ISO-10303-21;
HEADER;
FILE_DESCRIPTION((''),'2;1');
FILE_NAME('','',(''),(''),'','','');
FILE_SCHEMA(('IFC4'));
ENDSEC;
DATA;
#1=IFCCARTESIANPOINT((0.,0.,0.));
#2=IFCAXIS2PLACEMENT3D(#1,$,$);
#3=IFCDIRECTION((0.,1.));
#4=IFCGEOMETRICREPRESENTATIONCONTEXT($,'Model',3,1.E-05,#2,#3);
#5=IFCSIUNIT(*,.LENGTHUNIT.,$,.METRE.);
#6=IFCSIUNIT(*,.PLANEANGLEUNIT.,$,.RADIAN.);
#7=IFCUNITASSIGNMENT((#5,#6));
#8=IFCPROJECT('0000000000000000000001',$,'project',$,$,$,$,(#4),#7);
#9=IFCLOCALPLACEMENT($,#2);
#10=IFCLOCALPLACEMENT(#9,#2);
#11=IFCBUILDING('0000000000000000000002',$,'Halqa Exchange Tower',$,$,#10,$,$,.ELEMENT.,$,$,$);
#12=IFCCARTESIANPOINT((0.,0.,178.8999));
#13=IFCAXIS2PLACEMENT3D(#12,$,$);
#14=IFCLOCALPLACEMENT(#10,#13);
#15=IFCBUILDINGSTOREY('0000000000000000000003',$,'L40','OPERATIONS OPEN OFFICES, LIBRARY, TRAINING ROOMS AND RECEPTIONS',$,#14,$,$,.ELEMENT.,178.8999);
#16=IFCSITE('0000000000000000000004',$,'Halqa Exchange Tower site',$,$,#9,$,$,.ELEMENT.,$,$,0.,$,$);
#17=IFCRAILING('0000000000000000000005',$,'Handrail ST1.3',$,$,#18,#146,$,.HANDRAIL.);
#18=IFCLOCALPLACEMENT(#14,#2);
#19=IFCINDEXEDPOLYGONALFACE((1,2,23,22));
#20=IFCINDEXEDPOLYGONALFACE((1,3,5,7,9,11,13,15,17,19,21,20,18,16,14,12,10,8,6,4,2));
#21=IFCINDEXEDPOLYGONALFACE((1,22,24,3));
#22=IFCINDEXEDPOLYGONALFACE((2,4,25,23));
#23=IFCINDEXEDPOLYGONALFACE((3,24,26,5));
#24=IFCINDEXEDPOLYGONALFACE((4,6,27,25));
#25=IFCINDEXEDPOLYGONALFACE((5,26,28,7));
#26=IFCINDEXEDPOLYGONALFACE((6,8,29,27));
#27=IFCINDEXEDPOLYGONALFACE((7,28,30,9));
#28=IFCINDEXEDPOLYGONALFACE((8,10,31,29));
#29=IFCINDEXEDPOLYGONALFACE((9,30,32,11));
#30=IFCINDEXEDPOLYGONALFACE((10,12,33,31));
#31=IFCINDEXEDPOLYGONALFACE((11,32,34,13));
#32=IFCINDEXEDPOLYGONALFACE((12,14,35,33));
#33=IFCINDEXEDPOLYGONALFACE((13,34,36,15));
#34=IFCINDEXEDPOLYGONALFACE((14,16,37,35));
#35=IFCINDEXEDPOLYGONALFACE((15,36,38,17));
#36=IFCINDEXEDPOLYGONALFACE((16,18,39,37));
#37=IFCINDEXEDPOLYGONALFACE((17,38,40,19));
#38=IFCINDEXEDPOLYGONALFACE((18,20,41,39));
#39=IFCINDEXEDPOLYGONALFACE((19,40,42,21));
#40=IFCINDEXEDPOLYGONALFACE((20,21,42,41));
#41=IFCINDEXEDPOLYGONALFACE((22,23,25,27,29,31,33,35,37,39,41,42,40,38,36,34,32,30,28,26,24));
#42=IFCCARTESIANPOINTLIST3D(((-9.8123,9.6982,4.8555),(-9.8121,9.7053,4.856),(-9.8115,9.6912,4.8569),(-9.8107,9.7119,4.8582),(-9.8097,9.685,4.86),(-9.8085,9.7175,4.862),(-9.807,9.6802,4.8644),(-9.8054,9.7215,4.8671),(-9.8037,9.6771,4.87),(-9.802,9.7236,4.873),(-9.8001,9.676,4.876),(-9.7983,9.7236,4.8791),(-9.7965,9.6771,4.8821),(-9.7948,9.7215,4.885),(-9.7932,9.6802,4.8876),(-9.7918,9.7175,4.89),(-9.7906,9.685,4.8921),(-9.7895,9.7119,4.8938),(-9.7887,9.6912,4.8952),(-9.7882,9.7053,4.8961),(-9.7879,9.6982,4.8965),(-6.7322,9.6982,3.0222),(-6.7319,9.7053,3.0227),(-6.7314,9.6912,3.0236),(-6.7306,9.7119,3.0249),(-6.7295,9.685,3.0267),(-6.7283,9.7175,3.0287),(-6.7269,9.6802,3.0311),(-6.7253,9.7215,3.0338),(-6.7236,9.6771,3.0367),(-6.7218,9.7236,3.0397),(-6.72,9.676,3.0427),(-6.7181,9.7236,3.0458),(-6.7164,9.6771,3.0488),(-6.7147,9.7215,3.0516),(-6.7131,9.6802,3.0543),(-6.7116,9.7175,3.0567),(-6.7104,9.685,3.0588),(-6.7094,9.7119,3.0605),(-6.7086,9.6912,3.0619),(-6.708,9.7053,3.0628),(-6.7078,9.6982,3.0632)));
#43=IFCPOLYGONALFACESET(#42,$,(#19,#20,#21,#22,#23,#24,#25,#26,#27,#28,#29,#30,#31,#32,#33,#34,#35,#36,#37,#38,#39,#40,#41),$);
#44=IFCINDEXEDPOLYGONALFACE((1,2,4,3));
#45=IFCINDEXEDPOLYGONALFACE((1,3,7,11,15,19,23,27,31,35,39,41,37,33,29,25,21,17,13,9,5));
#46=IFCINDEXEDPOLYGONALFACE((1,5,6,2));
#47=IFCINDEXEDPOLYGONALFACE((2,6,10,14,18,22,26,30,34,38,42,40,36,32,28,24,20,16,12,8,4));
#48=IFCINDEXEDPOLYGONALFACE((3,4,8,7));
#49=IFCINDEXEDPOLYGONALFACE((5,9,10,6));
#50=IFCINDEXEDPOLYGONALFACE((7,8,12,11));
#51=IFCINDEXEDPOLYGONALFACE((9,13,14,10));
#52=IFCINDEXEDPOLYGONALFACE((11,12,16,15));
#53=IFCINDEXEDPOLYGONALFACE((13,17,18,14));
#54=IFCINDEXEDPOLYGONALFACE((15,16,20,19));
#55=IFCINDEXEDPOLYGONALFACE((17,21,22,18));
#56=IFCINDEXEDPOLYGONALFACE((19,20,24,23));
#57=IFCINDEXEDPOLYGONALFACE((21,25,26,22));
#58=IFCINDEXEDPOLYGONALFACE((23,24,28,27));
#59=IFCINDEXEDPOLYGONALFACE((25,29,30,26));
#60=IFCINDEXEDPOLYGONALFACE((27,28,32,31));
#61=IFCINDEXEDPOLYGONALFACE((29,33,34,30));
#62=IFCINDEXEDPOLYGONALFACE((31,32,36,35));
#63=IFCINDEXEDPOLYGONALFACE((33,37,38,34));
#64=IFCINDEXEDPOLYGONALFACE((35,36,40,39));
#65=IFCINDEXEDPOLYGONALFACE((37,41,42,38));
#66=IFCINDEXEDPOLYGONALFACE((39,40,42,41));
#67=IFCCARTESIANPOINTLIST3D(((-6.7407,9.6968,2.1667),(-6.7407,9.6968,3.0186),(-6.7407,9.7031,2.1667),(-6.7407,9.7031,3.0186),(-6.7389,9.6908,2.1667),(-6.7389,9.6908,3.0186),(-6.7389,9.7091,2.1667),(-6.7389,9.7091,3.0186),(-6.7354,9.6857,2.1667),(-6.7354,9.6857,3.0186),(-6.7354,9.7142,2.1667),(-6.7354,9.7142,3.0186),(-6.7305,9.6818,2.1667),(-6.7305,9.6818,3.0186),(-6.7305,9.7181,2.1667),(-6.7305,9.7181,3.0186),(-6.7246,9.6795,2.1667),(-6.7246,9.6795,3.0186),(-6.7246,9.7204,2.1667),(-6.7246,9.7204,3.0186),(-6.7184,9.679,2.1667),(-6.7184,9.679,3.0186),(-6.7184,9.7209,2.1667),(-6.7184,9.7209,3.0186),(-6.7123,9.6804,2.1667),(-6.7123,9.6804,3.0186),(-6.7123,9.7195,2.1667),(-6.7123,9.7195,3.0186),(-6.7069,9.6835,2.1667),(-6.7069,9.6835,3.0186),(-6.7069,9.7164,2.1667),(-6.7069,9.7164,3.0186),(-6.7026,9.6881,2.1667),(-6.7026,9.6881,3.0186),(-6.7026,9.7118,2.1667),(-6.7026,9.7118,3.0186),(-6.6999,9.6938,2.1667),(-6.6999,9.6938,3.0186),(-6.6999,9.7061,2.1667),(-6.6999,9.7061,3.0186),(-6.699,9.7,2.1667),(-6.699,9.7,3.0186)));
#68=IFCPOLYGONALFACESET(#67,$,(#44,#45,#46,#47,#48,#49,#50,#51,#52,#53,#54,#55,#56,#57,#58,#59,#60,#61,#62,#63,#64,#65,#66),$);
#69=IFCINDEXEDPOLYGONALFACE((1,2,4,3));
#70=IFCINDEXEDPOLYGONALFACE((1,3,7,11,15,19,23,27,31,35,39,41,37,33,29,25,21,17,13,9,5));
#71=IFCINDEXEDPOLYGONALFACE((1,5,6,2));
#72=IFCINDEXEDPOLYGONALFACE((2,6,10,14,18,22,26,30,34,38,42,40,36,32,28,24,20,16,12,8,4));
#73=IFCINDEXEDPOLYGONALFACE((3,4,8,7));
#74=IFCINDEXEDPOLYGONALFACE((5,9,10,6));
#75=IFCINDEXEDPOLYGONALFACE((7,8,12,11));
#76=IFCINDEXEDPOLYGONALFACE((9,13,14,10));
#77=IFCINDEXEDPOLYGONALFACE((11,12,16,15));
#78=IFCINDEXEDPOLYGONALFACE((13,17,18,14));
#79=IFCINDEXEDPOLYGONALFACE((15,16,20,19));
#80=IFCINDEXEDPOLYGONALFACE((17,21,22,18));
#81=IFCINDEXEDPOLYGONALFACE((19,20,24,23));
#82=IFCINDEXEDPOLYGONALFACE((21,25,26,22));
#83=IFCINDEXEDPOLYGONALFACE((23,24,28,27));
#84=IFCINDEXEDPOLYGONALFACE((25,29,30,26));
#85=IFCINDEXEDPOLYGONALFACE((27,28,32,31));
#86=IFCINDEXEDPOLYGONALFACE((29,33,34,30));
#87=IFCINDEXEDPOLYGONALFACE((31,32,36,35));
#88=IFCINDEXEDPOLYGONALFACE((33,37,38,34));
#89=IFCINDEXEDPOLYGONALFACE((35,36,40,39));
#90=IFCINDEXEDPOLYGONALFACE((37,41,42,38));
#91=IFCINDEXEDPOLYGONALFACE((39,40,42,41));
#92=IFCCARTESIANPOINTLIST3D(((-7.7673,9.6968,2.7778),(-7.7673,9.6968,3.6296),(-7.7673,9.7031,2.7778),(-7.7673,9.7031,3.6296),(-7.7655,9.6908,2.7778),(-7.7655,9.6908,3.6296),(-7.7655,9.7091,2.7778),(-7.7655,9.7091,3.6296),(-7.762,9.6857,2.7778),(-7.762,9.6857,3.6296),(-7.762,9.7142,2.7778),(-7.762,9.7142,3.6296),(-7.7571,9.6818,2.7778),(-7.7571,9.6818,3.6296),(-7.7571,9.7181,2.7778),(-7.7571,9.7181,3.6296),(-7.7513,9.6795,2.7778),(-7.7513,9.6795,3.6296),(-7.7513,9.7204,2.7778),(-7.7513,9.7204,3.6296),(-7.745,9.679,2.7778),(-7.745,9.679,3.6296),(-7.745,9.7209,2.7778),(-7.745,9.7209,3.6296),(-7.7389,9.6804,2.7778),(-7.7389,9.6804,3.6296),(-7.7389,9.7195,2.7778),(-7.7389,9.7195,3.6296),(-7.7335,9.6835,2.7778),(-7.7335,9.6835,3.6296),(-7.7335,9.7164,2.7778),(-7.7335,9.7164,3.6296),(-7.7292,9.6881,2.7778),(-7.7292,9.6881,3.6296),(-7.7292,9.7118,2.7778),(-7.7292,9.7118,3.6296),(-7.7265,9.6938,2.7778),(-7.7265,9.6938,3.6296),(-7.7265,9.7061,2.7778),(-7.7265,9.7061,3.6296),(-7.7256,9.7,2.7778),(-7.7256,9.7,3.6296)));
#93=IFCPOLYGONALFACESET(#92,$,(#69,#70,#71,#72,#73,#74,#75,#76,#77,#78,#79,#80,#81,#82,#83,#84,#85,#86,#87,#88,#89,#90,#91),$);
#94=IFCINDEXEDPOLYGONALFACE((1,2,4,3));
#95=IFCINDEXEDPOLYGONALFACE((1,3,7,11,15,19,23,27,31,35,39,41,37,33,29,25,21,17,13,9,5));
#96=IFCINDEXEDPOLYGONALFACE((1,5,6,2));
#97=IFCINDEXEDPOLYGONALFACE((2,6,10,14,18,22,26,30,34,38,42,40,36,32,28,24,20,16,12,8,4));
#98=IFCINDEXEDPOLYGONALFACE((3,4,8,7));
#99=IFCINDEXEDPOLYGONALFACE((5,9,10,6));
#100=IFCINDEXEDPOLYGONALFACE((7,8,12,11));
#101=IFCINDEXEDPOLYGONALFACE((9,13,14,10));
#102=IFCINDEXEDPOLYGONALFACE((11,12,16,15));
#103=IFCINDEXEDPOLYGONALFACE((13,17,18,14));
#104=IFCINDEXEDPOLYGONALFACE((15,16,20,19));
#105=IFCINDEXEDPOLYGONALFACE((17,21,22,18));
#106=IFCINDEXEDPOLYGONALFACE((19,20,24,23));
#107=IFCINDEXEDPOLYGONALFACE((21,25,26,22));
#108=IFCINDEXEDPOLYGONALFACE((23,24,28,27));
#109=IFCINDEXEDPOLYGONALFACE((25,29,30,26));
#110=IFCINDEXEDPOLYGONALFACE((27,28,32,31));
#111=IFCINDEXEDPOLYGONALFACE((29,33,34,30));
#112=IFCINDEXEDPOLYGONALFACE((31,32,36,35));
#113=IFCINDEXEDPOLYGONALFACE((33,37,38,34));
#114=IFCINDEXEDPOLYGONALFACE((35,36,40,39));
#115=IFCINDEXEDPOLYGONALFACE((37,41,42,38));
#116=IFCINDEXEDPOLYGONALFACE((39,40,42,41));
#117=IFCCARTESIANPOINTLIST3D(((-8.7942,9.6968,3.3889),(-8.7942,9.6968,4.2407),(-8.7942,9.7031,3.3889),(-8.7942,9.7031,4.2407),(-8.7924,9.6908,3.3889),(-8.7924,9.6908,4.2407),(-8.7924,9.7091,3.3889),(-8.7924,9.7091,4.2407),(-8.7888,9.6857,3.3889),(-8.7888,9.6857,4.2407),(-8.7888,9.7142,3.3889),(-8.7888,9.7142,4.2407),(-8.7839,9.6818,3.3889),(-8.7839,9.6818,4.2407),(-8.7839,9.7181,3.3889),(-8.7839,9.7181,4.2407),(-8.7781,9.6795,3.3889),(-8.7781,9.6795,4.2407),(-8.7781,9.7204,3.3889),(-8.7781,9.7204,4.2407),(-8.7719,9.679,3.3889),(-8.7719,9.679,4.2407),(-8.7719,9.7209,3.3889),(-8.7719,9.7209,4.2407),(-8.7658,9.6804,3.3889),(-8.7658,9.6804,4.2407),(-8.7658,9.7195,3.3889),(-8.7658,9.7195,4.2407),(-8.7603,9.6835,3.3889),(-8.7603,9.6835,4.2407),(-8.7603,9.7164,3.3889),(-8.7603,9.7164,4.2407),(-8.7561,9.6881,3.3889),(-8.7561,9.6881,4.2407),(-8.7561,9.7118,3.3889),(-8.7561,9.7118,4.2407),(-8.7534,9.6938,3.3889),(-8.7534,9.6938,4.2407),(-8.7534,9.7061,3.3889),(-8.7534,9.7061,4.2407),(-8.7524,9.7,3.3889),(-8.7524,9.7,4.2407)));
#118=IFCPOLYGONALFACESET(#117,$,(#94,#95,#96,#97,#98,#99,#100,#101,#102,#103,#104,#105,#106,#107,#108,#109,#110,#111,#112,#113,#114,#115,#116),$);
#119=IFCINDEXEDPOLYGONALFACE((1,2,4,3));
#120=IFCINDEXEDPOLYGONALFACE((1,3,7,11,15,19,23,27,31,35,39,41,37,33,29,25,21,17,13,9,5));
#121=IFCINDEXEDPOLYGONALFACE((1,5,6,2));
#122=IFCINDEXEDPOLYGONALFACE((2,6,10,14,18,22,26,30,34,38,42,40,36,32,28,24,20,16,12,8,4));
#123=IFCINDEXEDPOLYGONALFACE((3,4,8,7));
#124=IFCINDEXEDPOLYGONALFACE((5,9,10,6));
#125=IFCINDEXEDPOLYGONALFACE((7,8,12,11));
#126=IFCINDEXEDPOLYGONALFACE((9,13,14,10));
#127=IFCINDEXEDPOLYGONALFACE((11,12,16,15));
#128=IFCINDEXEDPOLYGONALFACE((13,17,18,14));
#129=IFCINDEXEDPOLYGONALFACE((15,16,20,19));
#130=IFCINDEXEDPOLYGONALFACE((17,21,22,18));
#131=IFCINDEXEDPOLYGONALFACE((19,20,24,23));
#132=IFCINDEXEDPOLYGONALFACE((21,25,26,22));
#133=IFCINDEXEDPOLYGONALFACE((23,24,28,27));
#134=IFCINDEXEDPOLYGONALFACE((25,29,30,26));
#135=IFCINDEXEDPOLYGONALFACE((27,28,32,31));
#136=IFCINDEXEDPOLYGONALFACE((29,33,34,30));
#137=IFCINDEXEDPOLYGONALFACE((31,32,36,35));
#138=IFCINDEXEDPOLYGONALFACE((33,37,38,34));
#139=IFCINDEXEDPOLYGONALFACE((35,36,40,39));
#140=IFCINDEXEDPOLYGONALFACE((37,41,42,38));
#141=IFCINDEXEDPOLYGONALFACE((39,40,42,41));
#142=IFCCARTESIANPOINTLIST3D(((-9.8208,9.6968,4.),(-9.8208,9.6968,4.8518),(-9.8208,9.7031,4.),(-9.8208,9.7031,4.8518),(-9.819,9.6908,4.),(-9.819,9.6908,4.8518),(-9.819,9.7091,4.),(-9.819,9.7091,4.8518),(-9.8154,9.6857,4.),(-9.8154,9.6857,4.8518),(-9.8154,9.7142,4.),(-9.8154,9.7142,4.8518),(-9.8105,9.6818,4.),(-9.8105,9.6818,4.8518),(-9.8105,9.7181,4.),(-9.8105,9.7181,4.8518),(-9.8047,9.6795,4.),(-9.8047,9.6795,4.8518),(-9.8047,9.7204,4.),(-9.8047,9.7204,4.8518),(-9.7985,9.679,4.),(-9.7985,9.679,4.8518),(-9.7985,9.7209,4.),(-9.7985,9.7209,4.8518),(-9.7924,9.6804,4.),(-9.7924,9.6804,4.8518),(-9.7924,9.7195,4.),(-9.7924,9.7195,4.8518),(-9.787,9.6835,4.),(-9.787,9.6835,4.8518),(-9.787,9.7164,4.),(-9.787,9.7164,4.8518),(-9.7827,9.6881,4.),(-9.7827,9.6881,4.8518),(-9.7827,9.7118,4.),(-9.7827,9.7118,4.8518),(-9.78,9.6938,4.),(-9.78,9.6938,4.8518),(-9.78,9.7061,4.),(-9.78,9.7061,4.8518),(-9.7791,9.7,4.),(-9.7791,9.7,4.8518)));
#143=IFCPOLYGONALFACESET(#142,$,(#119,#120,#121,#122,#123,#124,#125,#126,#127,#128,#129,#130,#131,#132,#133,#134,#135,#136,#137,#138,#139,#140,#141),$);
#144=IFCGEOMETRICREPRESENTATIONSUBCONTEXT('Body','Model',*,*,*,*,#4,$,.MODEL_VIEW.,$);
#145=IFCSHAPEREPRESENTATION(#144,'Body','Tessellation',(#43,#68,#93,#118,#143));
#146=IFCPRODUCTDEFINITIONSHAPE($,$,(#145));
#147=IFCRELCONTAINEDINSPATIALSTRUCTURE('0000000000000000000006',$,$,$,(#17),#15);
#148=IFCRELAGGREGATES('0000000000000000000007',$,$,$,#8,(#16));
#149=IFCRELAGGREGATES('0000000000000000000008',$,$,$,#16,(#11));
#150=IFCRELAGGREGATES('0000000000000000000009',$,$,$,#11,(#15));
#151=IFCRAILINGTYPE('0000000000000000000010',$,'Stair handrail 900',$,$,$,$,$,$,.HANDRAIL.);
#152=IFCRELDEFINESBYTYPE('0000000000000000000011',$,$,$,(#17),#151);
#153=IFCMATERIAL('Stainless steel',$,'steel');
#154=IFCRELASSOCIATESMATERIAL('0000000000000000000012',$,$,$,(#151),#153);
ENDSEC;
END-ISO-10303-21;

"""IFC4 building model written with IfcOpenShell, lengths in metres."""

from ifc_helpers import new_model, si_unit, direction, frame, origin, origin_2d, place, context, subcontext, project, spatial, circle, extrude, material, type_object, element, save


model = new_model("IFC4")

# Units and contexts
model_context = context("Model", 3, precision=1e-05, world=origin(), true_north=direction((0.0, 1.0)))
body_context = subcontext(model_context, "Body", "Model", "MODEL_VIEW")
ifc_project = project(units=[si_unit("LENGTHUNIT", "METRE"), si_unit("PLANEANGLEUNIT", "RADIAN")], contexts=[model_context])

# Site, building, storey
site_placement = place(None, origin())
site = spatial("IfcSite", under=ifc_project, at=site_placement, Name="Halqa Exchange Tower site", CompositionType="ELEMENT", RefElevation=0.0)
building_placement = place(site_placement, origin())
building = spatial("IfcBuilding", under=site, at=building_placement, Name="Halqa Exchange Tower", CompositionType="ELEMENT")
storey_placement = place(building_placement, frame((0.0, 0.0, 178.8999)))
storey = spatial("IfcBuildingStorey", under=building, at=storey_placement, Name="L40", Description="OPERATIONS OPEN OFFICES, LIBRARY, TRAINING ROOMS AND RECEPTIONS", CompositionType="ELEMENT", Elevation=178.8999)

# Railing
ifc_material_1 = material(Name="Stainless steel", Category="steel")
railing_type_1 = type_object("IfcRailingType", Name="Stair handrail 900", PredefinedType="HANDRAIL", material=ifc_material_1)
railing_1_placement = place(storey_placement, frame((-6.72, 9.7, 2.1667)))
element("IfcRailing", 1, at=railing_1_placement, inside=storey, type_object=railing_type_1, Name="Handrail ST1.3", PredefinedType="HANDRAIL", context=body_context, shape_type="SweptSolid", body=[
    extrude(circle(Radius=0.0239, at=origin_2d()), frame((0.0, 0.0, 0.876), z_axis=(-0.859309, 0.0, 0.511458), x_axis=(0.0, -1.0, 0.0)), (0.0, 0.0, 1.0), 3.5845),
    extrude(circle(Radius=0.021, at=origin_2d()), origin(), (0.0, 0.0, 1.0), 0.8518),
    extrude(circle(Radius=0.021, at=origin_2d()), frame((-1.0266, 0.0, 0.6111)), (0.0, 0.0, 1.0), 0.8518),
    extrude(circle(Radius=0.021, at=origin_2d()), frame((-2.0535, 0.0, 1.2222)), (0.0, 0.0, 1.0), 0.8518),
    extrude(circle(Radius=0.021, at=origin_2d()), frame((-3.0801, 0.0, 1.8333)), (0.0, 0.0, 1.0), 0.8518),
])

save(model, "model.ifc")
